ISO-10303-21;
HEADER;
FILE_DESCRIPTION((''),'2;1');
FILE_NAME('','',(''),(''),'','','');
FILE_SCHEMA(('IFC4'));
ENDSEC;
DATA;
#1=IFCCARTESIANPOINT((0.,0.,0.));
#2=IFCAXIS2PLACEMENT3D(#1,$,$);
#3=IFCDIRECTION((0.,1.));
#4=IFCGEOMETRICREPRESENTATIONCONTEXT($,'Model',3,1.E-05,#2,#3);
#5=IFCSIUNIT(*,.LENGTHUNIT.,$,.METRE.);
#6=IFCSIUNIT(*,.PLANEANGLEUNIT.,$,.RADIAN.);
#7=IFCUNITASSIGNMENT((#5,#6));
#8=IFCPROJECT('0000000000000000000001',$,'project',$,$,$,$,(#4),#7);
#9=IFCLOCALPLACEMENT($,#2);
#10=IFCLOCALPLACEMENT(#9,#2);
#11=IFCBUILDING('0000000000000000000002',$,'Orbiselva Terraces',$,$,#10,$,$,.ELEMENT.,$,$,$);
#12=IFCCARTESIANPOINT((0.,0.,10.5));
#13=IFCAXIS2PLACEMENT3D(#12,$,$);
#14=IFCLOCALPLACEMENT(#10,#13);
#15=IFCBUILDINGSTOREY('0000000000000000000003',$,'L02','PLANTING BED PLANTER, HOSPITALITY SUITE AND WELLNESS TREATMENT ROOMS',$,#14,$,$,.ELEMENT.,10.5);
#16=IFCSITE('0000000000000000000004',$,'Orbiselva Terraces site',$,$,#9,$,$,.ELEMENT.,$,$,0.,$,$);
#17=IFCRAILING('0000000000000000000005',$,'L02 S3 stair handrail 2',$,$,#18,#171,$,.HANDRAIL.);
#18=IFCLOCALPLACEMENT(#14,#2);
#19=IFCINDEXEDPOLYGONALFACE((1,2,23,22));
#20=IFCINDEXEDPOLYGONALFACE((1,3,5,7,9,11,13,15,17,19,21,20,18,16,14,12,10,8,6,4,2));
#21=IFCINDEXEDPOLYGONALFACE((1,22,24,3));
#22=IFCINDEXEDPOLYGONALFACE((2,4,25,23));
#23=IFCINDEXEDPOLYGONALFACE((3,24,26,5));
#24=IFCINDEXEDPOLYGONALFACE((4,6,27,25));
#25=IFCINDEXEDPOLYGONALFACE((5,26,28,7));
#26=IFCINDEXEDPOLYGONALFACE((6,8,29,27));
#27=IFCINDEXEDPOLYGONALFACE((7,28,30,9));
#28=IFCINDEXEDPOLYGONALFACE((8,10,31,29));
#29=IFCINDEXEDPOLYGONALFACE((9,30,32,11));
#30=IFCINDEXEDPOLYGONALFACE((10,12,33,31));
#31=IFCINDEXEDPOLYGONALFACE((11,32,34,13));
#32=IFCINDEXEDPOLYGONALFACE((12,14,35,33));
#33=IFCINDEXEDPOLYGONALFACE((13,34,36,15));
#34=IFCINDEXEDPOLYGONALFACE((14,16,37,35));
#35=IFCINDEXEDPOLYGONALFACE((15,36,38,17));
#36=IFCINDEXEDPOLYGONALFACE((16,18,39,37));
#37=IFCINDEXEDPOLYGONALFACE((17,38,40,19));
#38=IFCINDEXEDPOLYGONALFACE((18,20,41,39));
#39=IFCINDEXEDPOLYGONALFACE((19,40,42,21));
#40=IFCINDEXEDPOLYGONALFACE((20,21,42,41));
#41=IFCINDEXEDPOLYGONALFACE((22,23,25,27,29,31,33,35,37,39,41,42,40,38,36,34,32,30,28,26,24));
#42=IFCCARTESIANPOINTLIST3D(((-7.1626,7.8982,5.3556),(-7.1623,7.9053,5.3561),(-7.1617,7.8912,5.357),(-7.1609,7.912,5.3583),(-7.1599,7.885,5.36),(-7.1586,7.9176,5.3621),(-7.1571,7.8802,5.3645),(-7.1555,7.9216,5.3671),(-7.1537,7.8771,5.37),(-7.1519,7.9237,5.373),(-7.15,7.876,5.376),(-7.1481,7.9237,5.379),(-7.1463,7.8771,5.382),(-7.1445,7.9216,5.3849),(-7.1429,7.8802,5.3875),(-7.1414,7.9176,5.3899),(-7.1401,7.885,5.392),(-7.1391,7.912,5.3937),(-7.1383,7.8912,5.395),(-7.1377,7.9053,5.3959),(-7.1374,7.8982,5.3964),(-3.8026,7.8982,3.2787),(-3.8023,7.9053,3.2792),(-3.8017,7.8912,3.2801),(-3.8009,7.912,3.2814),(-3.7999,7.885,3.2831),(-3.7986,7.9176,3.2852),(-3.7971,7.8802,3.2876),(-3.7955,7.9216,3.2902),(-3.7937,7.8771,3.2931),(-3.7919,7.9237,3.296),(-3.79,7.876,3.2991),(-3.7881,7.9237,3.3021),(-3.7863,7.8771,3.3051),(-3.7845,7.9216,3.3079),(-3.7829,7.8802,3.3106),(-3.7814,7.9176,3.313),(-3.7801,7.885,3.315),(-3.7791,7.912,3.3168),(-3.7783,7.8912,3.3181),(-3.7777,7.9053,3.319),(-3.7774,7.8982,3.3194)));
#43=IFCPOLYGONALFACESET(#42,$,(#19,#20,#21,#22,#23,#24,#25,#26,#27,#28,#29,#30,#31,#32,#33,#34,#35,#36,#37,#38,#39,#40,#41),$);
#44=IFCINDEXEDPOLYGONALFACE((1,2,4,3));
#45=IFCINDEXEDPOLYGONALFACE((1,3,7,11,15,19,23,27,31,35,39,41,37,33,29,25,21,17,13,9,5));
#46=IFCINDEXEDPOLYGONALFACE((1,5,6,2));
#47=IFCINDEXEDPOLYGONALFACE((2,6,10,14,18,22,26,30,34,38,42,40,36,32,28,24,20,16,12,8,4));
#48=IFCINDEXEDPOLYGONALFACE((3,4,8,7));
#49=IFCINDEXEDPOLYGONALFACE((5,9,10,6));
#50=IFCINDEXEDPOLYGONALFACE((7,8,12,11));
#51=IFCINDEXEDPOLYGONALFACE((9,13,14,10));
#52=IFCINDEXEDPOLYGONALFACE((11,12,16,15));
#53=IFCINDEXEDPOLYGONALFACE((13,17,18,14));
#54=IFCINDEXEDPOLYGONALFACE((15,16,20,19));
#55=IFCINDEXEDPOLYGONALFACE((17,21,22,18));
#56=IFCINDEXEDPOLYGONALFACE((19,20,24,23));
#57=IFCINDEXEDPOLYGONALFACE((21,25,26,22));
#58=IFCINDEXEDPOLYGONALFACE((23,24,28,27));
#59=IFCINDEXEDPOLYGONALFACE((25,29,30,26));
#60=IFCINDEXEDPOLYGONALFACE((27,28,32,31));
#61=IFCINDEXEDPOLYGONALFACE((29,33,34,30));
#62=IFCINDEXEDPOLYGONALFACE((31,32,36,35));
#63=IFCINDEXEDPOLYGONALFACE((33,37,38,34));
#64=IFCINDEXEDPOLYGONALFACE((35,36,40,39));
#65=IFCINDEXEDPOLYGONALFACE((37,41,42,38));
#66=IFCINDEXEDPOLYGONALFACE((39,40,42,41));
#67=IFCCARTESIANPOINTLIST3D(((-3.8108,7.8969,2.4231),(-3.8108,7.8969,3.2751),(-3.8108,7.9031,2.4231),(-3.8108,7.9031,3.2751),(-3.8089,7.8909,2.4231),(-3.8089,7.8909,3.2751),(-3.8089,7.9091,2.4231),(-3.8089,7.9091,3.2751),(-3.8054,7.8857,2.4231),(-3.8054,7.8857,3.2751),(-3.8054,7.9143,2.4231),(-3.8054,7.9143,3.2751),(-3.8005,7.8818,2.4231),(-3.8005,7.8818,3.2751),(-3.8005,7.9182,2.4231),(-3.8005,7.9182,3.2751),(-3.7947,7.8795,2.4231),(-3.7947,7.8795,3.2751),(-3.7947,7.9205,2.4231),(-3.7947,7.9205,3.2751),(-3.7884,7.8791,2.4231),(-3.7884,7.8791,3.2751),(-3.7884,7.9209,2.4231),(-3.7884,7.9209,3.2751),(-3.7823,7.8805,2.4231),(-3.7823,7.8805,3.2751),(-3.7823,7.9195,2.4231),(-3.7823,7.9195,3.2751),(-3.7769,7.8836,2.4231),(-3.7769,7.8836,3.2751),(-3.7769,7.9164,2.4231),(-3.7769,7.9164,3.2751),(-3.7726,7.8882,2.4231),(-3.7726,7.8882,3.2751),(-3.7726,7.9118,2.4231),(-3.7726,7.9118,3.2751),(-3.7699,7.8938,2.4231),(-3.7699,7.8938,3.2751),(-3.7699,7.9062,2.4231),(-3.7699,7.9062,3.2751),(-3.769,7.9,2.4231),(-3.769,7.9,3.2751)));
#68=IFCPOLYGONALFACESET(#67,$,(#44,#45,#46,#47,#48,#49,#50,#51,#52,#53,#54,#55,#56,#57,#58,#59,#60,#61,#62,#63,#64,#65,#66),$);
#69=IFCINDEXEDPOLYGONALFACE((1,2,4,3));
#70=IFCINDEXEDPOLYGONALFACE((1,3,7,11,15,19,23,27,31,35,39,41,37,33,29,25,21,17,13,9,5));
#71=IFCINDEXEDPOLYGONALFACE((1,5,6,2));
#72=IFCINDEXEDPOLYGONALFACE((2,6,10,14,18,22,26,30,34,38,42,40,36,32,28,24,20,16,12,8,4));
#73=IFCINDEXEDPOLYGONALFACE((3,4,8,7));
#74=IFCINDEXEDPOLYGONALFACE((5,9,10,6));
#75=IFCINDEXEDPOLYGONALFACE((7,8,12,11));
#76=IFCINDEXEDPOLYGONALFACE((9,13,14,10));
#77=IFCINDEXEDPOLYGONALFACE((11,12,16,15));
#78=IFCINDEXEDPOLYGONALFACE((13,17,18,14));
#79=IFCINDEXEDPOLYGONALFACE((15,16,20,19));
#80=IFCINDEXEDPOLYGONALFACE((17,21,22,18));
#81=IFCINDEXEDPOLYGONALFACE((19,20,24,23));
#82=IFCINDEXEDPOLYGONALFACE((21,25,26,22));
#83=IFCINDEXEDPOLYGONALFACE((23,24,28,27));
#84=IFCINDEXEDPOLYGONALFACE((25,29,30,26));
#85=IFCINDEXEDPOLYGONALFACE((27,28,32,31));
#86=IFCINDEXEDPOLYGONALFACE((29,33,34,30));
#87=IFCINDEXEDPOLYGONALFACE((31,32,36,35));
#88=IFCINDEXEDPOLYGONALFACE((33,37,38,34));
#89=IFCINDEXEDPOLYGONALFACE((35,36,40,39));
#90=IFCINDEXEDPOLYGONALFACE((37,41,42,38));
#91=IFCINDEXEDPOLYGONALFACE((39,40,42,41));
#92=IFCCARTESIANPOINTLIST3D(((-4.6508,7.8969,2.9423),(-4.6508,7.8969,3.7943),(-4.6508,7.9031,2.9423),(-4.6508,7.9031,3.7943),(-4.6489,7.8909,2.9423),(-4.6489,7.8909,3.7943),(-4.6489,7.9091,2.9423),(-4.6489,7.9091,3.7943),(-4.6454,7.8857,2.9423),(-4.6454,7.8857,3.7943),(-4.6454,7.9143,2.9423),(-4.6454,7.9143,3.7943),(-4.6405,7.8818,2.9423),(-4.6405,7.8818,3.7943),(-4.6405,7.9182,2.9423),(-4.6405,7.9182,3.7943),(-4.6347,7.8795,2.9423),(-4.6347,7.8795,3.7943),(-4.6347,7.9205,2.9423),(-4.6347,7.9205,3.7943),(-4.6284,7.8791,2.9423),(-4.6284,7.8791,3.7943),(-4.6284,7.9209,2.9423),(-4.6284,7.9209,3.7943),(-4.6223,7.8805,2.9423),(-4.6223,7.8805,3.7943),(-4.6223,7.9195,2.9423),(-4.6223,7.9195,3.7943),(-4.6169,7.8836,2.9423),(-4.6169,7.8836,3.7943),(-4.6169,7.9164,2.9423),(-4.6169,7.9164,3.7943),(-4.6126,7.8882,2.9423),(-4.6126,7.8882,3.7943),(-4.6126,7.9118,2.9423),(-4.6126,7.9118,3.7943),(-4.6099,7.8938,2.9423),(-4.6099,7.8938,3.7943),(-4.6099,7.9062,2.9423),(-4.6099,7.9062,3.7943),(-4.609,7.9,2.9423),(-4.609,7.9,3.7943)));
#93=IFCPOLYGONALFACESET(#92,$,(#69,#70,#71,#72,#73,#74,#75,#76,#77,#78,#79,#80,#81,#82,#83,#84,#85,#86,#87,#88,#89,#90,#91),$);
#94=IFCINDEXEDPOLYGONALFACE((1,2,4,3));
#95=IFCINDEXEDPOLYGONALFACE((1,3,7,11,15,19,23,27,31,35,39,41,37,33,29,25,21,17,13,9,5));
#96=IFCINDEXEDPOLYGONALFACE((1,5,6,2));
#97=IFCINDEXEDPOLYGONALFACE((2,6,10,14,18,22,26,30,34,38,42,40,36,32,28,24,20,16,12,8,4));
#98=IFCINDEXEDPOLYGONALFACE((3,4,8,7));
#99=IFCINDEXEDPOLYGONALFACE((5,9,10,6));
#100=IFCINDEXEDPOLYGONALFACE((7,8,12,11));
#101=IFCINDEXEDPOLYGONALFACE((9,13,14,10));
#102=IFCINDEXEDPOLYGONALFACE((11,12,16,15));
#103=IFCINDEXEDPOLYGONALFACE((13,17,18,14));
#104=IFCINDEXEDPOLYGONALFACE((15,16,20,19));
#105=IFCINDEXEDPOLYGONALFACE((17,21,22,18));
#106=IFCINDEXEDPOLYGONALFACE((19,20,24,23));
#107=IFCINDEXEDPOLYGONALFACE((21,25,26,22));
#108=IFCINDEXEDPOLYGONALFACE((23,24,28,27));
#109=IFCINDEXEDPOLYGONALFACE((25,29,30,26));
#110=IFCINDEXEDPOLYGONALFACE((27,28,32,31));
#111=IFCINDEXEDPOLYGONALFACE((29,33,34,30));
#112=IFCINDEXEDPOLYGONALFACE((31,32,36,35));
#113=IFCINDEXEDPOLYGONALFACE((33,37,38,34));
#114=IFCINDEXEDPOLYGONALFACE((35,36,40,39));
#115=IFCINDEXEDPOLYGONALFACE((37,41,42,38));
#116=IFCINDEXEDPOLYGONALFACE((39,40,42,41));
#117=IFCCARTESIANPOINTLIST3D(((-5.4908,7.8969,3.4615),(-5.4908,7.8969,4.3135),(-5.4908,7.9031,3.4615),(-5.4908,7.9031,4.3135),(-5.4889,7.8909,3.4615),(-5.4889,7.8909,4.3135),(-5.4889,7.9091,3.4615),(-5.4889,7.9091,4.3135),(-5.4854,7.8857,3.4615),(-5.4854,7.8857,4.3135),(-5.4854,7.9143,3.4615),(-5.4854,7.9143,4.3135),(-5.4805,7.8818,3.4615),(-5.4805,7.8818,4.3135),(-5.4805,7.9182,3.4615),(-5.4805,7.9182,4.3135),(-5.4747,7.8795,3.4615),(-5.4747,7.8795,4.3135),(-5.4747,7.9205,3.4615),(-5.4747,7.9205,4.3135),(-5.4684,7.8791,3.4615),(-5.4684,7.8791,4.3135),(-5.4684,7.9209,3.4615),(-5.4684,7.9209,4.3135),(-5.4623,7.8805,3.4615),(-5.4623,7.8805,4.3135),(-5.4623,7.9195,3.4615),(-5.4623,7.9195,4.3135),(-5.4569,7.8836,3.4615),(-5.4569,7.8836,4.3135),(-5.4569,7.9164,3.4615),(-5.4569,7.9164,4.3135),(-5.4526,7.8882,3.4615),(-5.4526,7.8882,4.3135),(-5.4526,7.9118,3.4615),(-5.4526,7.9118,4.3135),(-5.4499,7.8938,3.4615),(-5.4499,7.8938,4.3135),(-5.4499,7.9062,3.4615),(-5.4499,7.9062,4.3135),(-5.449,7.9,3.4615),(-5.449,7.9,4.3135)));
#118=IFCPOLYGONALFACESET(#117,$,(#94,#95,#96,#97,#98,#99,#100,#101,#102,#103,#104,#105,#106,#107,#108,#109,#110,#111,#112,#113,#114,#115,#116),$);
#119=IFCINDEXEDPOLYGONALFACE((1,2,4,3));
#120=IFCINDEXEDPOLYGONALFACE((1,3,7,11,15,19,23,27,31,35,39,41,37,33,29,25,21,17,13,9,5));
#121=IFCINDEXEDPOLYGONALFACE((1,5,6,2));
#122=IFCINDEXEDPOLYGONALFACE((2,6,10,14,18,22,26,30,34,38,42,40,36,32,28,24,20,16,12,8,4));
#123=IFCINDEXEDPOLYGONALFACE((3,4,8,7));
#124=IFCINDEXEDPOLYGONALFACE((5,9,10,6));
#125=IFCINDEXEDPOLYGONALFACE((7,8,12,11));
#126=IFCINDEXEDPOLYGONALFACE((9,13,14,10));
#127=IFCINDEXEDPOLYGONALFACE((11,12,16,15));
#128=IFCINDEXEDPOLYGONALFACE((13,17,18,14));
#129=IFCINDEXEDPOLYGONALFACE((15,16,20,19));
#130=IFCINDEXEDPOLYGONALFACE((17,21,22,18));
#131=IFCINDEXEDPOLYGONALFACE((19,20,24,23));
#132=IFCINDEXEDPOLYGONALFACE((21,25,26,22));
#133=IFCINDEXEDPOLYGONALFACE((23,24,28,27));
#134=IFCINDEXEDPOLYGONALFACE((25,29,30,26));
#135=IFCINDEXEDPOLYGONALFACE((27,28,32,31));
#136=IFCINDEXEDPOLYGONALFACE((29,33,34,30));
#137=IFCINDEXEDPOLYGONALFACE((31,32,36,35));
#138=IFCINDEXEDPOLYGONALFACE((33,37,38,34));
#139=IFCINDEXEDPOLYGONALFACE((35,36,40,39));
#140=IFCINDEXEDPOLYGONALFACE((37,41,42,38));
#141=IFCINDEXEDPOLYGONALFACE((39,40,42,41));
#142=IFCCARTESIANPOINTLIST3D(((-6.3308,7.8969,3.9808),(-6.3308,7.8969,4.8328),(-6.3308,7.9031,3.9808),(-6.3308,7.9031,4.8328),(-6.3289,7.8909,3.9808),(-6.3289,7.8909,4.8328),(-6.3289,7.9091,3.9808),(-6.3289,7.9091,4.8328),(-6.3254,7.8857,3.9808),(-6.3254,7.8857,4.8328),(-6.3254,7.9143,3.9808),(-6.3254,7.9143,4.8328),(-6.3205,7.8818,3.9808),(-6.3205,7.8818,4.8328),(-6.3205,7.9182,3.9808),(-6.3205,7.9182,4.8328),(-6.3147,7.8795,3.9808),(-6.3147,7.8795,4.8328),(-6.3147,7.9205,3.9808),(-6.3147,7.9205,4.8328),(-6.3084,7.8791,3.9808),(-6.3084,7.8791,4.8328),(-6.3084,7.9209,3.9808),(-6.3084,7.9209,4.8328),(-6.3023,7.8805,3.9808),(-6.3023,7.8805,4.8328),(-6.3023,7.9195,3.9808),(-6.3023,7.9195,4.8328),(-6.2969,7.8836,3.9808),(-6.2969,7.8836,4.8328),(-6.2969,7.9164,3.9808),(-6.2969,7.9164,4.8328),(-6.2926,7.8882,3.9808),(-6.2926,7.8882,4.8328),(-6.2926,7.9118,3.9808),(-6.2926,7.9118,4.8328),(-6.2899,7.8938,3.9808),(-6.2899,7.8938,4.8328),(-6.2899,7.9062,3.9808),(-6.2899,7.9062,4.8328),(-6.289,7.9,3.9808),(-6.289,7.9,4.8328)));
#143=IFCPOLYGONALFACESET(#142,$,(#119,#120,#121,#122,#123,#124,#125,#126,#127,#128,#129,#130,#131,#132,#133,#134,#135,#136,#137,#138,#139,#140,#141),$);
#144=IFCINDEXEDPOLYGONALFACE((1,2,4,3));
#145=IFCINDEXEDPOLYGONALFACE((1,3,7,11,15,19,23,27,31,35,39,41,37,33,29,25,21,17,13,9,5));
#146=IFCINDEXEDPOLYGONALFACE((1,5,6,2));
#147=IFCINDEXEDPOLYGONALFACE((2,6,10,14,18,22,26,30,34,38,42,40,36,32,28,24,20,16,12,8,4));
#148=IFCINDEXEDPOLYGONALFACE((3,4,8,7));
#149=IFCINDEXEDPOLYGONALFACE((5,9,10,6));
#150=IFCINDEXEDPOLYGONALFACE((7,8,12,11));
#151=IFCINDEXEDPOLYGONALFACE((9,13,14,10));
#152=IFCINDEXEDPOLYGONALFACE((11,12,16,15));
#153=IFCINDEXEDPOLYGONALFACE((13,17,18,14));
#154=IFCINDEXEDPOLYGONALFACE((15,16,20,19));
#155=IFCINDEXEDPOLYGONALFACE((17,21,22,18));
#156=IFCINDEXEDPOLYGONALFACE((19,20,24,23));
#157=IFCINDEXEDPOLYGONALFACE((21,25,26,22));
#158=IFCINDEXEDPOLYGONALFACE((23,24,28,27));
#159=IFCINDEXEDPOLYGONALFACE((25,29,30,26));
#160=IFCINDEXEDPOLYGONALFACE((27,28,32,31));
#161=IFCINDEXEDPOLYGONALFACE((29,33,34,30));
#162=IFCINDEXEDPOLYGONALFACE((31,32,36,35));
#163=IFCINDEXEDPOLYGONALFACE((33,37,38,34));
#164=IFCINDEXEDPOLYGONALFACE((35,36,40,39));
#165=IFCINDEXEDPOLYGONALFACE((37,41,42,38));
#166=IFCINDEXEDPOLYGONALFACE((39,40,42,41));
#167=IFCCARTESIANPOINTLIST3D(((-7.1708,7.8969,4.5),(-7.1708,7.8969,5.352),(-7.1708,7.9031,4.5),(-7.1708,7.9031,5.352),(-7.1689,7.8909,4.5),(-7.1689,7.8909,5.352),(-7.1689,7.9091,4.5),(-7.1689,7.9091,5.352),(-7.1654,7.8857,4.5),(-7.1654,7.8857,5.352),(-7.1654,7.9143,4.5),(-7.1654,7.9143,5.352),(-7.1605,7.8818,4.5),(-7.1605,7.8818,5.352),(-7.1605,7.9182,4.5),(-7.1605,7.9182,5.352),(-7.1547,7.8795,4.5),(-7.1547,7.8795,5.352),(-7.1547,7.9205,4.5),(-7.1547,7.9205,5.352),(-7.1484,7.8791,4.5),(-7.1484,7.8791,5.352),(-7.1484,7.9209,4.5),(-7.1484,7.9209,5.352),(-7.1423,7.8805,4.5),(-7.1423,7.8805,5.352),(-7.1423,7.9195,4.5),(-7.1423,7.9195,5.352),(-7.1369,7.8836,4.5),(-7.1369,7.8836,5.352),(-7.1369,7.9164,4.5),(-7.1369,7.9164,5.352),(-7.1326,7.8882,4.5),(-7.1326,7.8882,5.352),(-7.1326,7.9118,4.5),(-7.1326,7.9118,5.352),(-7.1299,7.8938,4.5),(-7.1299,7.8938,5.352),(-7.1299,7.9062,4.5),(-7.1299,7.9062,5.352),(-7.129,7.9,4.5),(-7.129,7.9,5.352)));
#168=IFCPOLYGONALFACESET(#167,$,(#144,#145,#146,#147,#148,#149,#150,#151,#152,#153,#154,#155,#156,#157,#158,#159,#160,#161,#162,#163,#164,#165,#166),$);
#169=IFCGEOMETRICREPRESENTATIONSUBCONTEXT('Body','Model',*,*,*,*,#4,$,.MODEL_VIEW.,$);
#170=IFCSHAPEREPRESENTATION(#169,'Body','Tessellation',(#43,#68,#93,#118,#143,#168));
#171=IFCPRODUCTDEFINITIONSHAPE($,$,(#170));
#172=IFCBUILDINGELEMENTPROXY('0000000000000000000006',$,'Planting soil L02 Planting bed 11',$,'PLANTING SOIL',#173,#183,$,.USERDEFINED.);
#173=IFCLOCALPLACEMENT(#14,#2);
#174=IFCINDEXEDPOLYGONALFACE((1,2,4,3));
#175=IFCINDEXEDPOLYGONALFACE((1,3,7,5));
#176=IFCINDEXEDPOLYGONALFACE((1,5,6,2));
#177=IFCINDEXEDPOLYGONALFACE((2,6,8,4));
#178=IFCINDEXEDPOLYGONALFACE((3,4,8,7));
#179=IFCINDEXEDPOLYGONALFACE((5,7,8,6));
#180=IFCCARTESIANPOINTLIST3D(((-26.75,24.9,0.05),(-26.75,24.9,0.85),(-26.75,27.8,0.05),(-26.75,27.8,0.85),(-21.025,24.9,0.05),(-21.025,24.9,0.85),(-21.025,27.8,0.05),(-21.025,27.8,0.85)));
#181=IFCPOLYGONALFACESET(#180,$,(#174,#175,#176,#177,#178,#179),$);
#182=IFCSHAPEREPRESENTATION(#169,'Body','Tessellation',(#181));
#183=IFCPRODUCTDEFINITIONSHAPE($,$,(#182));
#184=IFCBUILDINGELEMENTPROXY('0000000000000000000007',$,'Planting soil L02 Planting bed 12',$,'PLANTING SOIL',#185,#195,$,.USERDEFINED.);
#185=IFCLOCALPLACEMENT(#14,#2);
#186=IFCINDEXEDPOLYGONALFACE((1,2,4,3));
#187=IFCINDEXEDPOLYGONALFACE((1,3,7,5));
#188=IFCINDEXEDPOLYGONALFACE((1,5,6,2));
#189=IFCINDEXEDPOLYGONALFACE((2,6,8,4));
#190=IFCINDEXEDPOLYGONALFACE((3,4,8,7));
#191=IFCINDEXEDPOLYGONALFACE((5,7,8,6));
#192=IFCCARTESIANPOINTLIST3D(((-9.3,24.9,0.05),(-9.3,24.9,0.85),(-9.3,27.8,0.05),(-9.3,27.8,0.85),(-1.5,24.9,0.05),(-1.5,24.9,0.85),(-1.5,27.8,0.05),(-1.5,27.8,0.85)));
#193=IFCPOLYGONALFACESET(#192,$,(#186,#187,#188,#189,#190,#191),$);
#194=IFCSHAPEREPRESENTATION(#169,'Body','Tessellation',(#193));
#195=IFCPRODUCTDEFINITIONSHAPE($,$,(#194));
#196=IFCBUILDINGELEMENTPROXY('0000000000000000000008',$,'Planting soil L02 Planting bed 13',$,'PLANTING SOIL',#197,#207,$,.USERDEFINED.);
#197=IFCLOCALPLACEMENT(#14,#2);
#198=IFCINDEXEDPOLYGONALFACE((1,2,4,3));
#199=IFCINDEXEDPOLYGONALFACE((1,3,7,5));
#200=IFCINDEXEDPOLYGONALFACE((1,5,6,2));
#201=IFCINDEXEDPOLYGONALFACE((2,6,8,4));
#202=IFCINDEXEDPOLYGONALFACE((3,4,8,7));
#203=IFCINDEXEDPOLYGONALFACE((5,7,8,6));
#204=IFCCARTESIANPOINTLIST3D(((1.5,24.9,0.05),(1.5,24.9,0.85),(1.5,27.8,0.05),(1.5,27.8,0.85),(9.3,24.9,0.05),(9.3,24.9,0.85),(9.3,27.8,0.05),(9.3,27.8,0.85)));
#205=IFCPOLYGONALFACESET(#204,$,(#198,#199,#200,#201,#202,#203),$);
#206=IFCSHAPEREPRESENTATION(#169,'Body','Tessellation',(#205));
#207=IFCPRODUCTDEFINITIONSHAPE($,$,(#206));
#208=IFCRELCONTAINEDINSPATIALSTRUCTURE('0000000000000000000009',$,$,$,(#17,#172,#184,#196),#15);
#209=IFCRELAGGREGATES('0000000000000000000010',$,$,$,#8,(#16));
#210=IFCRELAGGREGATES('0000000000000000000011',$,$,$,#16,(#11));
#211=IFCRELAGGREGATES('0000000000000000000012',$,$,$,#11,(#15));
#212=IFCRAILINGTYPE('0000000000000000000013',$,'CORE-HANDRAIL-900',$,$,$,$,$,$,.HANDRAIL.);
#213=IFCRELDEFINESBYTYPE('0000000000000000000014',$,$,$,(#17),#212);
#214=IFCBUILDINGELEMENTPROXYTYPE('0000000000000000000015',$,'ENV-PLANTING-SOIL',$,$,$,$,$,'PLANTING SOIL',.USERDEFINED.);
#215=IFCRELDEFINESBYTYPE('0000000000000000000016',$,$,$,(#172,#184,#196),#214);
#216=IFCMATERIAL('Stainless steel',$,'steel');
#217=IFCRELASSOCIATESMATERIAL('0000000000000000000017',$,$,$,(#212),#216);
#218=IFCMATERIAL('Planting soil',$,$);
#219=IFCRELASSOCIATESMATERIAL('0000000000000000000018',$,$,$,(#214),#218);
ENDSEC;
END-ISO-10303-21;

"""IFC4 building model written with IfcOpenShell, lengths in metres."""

from ifc_helpers import new_model, si_unit, direction, frame, origin, origin_2d, place, context, subcontext, project, spatial, polyline, circle, outline, extrude, material, type_object, element, save


model = new_model("IFC4")

# Units and contexts
model_context = context("Model", 3, precision=1e-05, world=origin(), true_north=direction((0.0, 1.0)))
body_context = subcontext(model_context, "Body", "Model", "MODEL_VIEW")
ifc_project = project(units=[si_unit("LENGTHUNIT", "METRE"), si_unit("PLANEANGLEUNIT", "RADIAN")], contexts=[model_context])

# Site, building, storey
site_placement = place(None, origin())
site = spatial("IfcSite", under=ifc_project, at=site_placement, Name="Orbiselva Terraces site", CompositionType="ELEMENT", RefElevation=0.0)
building_placement = place(site_placement, origin())
building = spatial("IfcBuilding", under=site, at=building_placement, Name="Orbiselva Terraces", CompositionType="ELEMENT")
storey_placement = place(building_placement, frame((0.0, 0.0, 10.5)))
storey = spatial("IfcBuildingStorey", under=building, at=storey_placement, Name="L02", Description="PLANTING BED PLANTER, HOSPITALITY SUITE AND WELLNESS TREATMENT ROOMS", CompositionType="ELEMENT", Elevation=10.5)

# Railing
ifc_material_1 = material(Name="Stainless steel", Category="steel")
railing_type_1 = type_object("IfcRailingType", Name="CORE-HANDRAIL-900", PredefinedType="HANDRAIL", material=ifc_material_1)
railing_1_placement = place(storey_placement, frame((-3.79, 7.9, 2.4231)))
element("IfcRailing", 1, at=railing_1_placement, inside=storey, type_object=railing_type_1, Name="L02 S3 stair handrail 2", PredefinedType="HANDRAIL", context=body_context, shape_type="SweptSolid", body=[
    extrude(circle(Radius=0.024, at=origin_2d()), frame((0.0, 0.0, 0.876), z_axis=(-0.850614, 0.0, 0.525791), x_axis=(0.0, -1.0, 0.0)), (0.0, 0.0, 1.0), 3.9501),
    extrude(circle(Radius=0.021, at=origin_2d()), origin(), (0.0, 0.0, 1.0), 0.852),
    extrude(circle(Radius=0.021, at=origin_2d()), frame((-0.84, 0.0, 0.5192)), (0.0, 0.0, 1.0), 0.852),
    extrude(circle(Radius=0.021, at=origin_2d()), frame((-1.68, 0.0, 1.0385)), (0.0, 0.0, 1.0), 0.852),
    extrude(circle(Radius=0.021, at=origin_2d()), frame((-2.52, 0.0, 1.5577)), (0.0, 0.0, 1.0), 0.852),
    extrude(circle(Radius=0.021, at=origin_2d()), frame((-3.36, 0.0, 2.0769)), (0.0, 0.0, 1.0), 0.852),
])

# Building element proxies
ifc_material_2 = material(Name="Planting soil")
building_element_proxy_type = type_object("IfcBuildingElementProxyType", Name="ENV-PLANTING-SOIL", ElementType="PLANTING SOIL", PredefinedType="USERDEFINED", material=ifc_material_2)
proxy_1_placement = place(storey_placement, frame((0.0, 0.0, 0.05)))
element("IfcBuildingElementProxy", 2, at=proxy_1_placement, inside=storey, type_object=building_element_proxy_type, Name="Planting soil L02 Planting bed 11", ObjectType="PLANTING SOIL", PredefinedType="USERDEFINED", context=body_context, shape_type="SweptSolid", body=[
    extrude(outline(polyline([(-26.75, 24.9), (-26.75, 27.8), (-21.025, 27.8), (-21.025, 24.9), (-26.75, 24.9)])), origin(), (0.0, 0.0, 1.0), 0.8),
])
proxy_2_placement = place(storey_placement, frame((0.0, 0.0, 0.05)))
element("IfcBuildingElementProxy", 3, at=proxy_2_placement, inside=storey, type_object=building_element_proxy_type, Name="Planting soil L02 Planting bed 12", ObjectType="PLANTING SOIL", PredefinedType="USERDEFINED", context=body_context, shape_type="SweptSolid", body=[
    extrude(outline(polyline([(-9.3, 24.9), (-9.3, 27.8), (-1.5, 27.8), (-1.5, 24.9), (-9.3, 24.9)])), origin(), (0.0, 0.0, 1.0), 0.8),
])
proxy_3_placement = place(storey_placement, frame((0.0, 0.0, 0.05)))
element("IfcBuildingElementProxy", 4, at=proxy_3_placement, inside=storey, type_object=building_element_proxy_type, Name="Planting soil L02 Planting bed 13", ObjectType="PLANTING SOIL", PredefinedType="USERDEFINED", context=body_context, shape_type="SweptSolid", body=[
    extrude(outline(polyline([(1.5, 24.9), (1.5, 27.8), (9.3, 27.8), (9.3, 24.9), (1.5, 24.9)])), origin(), (0.0, 0.0, 1.0), 0.8),
])

save(model, "model.ifc")
